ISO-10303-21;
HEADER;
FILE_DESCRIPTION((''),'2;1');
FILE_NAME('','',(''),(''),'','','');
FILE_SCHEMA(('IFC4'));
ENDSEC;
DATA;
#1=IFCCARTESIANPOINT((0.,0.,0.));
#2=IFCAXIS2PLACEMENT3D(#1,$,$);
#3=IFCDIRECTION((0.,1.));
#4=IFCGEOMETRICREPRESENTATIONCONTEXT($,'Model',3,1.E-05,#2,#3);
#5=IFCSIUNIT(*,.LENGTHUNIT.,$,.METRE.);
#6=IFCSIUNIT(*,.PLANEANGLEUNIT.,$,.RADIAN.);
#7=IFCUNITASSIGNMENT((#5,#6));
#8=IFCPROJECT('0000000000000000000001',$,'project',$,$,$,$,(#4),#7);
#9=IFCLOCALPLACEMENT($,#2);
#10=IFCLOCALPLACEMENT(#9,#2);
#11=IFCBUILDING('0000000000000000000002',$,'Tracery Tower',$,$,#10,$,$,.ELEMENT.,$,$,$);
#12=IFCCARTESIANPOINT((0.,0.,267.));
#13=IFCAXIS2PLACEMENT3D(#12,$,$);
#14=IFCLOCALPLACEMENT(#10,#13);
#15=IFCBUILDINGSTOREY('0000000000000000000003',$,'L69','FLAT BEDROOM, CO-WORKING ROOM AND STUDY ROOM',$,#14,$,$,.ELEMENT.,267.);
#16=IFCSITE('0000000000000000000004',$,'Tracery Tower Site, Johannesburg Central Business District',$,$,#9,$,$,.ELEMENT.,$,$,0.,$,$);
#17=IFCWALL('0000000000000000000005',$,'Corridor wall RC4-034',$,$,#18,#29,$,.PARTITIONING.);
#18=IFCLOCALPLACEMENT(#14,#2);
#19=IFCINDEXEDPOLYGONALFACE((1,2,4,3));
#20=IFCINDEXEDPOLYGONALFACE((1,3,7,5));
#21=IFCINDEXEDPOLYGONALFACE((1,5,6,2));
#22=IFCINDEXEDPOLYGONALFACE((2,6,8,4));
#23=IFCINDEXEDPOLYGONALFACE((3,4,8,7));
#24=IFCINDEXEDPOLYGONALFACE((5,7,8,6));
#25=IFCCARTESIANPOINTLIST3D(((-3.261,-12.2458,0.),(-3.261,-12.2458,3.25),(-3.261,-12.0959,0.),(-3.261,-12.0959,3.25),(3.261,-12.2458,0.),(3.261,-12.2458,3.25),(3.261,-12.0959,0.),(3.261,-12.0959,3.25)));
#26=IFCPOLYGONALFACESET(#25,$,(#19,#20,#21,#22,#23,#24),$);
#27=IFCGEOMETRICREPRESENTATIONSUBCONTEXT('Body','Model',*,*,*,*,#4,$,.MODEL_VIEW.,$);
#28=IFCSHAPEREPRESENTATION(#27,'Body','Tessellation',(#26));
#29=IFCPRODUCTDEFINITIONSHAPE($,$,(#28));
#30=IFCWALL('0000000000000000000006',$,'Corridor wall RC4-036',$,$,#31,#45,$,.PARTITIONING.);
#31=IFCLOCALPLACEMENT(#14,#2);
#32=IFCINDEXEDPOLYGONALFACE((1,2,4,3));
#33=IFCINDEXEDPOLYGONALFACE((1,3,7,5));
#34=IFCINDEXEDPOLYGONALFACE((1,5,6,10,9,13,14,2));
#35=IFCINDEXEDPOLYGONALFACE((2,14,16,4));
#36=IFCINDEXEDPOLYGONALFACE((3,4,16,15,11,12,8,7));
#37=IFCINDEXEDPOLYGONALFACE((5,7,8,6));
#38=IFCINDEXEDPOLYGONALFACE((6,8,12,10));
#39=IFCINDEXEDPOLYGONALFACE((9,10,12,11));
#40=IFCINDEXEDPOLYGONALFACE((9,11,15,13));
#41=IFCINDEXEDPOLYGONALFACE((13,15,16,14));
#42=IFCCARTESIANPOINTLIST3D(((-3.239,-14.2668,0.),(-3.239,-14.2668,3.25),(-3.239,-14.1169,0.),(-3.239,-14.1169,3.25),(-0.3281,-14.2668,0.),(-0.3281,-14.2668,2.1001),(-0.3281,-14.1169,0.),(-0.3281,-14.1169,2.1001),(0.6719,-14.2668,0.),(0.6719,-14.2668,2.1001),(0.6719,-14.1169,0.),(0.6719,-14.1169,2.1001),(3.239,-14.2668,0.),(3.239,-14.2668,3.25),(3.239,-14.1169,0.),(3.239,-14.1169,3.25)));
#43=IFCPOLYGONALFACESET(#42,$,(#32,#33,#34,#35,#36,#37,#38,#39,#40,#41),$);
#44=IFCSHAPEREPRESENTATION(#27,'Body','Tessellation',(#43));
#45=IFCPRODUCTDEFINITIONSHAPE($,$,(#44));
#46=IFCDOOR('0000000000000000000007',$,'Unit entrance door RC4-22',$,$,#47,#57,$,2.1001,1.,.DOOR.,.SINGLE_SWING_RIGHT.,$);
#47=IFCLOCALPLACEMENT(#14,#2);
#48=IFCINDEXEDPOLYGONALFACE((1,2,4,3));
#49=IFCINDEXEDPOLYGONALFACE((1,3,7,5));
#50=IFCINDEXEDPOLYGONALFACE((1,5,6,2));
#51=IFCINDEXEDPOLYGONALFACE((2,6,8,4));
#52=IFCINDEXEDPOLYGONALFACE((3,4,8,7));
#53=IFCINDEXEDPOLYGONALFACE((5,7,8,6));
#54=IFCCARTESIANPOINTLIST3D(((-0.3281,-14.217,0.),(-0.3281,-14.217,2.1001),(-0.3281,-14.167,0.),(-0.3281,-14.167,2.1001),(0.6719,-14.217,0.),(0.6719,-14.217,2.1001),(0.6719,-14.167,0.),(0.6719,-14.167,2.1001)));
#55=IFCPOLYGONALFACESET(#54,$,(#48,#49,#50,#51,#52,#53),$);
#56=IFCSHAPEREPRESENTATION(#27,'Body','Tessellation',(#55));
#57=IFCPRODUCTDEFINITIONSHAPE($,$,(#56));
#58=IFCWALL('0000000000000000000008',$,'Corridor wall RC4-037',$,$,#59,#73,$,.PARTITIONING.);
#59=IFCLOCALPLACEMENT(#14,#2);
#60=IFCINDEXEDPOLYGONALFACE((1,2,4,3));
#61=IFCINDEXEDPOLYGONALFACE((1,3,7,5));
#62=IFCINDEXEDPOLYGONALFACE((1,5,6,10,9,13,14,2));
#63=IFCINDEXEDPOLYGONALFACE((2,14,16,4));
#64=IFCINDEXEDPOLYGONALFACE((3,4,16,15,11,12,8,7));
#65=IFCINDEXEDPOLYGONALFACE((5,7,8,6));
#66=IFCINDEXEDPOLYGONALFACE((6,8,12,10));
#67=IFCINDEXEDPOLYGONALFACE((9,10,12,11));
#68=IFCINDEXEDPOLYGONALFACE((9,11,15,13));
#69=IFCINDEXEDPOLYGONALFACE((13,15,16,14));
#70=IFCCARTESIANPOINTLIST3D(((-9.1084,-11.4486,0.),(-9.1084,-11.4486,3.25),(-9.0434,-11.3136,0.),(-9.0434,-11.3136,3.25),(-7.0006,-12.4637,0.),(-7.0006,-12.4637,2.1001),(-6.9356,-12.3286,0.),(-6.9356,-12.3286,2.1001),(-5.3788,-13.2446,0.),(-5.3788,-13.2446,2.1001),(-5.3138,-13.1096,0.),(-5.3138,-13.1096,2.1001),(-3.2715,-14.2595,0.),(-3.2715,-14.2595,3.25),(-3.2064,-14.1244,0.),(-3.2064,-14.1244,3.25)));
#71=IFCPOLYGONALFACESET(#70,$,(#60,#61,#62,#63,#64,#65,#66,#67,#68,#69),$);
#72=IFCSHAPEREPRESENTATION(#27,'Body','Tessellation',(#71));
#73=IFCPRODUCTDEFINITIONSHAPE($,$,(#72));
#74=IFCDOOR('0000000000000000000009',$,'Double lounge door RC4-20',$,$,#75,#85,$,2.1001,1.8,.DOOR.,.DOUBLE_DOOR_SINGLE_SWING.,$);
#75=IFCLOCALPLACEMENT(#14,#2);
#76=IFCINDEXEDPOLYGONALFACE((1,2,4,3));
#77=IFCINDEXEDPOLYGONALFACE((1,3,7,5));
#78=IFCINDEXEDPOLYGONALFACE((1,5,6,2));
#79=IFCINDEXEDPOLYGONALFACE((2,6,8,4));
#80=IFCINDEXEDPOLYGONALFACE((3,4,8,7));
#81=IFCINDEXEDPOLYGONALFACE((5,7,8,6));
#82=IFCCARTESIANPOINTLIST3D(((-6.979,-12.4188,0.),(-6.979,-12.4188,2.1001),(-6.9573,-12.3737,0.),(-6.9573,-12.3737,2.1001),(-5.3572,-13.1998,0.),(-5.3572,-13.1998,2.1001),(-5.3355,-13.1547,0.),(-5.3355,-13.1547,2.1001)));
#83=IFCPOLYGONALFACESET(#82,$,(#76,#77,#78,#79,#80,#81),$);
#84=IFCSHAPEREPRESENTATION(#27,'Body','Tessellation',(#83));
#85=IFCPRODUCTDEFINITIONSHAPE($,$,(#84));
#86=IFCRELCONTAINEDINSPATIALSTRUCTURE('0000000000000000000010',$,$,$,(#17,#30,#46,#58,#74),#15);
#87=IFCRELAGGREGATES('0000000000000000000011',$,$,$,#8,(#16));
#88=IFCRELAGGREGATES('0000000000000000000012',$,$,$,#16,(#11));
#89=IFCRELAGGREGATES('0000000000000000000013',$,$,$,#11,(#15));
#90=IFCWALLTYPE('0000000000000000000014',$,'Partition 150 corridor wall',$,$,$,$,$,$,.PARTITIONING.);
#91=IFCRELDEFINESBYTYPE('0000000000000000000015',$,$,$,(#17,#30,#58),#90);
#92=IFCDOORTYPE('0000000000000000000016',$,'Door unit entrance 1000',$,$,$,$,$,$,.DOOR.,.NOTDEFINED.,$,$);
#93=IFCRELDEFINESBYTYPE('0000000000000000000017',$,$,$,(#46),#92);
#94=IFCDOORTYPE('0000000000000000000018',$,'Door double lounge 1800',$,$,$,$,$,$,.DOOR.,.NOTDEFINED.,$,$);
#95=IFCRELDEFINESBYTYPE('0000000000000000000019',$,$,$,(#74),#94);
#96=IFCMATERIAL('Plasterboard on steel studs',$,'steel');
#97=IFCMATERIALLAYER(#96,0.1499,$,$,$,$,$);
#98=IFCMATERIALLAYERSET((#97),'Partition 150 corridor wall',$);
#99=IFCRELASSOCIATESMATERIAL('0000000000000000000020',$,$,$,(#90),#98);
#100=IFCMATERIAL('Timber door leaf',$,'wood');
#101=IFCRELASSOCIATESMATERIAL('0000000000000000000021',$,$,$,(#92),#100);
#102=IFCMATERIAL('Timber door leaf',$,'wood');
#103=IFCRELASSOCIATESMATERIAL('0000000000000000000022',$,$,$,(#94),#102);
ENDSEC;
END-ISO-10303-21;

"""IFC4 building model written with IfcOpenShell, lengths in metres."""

from ifc_helpers import new_model, si_unit, direction, frame, frame_2d, origin, place, context, subcontext, project, spatial, rectangle, extrude, material, layer, layer_set, type_object, element, fill, save


model = new_model("IFC4")

# Units and contexts
model_context = context("Model", 3, precision=1e-05, world=origin(), true_north=direction((0.0, 1.0)))
body_context = subcontext(model_context, "Body", "Model", "MODEL_VIEW")
ifc_project = project(units=[si_unit("LENGTHUNIT", "METRE"), si_unit("PLANEANGLEUNIT", "RADIAN")], contexts=[model_context])

# Site, building, storey
site_placement = place(None, origin())
site = spatial("IfcSite", under=ifc_project, at=site_placement, Name="Tracery Tower Site, Johannesburg Central Business District", CompositionType="ELEMENT", RefElevation=0.0)
building_placement = place(site_placement, origin())
building = spatial("IfcBuilding", under=site, at=building_placement, Name="Tracery Tower", CompositionType="ELEMENT")
storey_placement = place(building_placement, frame((0.0, 0.0, 267.0)))
storey = spatial("IfcBuildingStorey", under=building, at=storey_placement, Name="L69", Description="FLAT BEDROOM, CO-WORKING ROOM AND STUDY ROOM", CompositionType="ELEMENT", Elevation=267.0)

# Shared definitions
ifc_material_1 = material(Name="Plasterboard on steel studs", Category="steel")
ifc_layer_1 = layer(ifc_material_1, 0.1499)
ifc_layer_set_1 = layer_set([ifc_layer_1], Name="Partition 150 corridor wall")
wall_type_1 = type_object("IfcWallType", Name="Partition 150 corridor wall", PredefinedType="PARTITIONING", material=ifc_layer_set_1)

# Wall
wall_1_placement = place(storey_placement, frame((-3.261, -12.1709, 0.0), z_axis=(0.0, 0.0, 1.0), x_axis=(1.0, 0.0, 0.0)))
element("IfcWall", 1, at=wall_1_placement, inside=storey, type_object=wall_type_1, Name="Corridor wall RC4-034", PredefinedType="PARTITIONING", context=body_context, shape_type="SweptSolid", body=[
    extrude(rectangle(XDim=6.522, YDim=0.1499, at=frame_2d((3.261, 0.0))), origin(), (0.0, 0.0, 1.0), 3.25),
])

# Walls, openings, doors
wall_2_placement = place(storey_placement, frame((-3.239, -14.1919, 0.0), z_axis=(0.0, 0.0, 1.0), x_axis=(1.0, 0.0, 0.0)))
wall_2 = element("IfcWall", 2, at=wall_2_placement, inside=storey, type_object=wall_type_1, Name="Corridor wall RC4-036", PredefinedType="PARTITIONING", context=body_context, shape_type="SweptSolid", body=[
    extrude(rectangle(XDim=6.478, YDim=0.1499, at=frame_2d((3.239, 0.0))), origin(), (0.0, 0.0, 1.0), 3.25),
])
opening_1_placement = place(wall_2_placement, frame((2.9109, 0.0, 0.0)))
opening_1 = element("IfcOpeningElement", 3, at=opening_1_placement, cuts=wall_2, PredefinedType="OPENING", context=body_context, shape_type="SweptSolid", body=[
    extrude(rectangle(XDim=1.0, YDim=2.1001, at=frame_2d((0.5, 1.05))), frame((0.0, 0.075, 0.0), z_axis=(0.0, -1.0, 0.0), x_axis=(1.0, 0.0, 0.0)), (0.0, 0.0, 1.0), 0.1499),
])
ifc_material_2 = material(Name="Timber door leaf", Category="wood")
door_type_1 = type_object("IfcDoorType", Name="Door unit entrance 1000", OperationType="NOTDEFINED", PredefinedType="DOOR", material=ifc_material_2)
door_1_placement = place(opening_1_placement, origin())
door_1 = element("IfcDoor", 4, at=door_1_placement, inside=storey, type_object=door_type_1, Name="Unit entrance door RC4-22", OperationType="SINGLE_SWING_RIGHT", OverallHeight=2.1001, OverallWidth=1.0, PredefinedType="DOOR", context=body_context, shape_type="SweptSolid", body=[
    extrude(rectangle(XDim=1.0, YDim=2.1001, at=frame_2d((0.5, 1.05))), frame((0.0, 0.0249, 0.0), z_axis=(0.0, -1.0, 0.0), x_axis=(1.0, 0.0, 0.0)), (0.0, 0.0, 1.0), 0.05),
])
fill(opening_1, door_1)
wall_3_placement = place(storey_placement, frame((-9.0759, -11.3811, 0.0), z_axis=(0.0, 0.0, 1.0), x_axis=(0.900976, -0.433869, 0.0)))
wall_3 = element("IfcWall", 5, at=wall_3_placement, inside=storey, type_object=wall_type_1, Name="Corridor wall RC4-037", PredefinedType="PARTITIONING", context=body_context, shape_type="SweptSolid", body=[
    extrude(rectangle(XDim=6.4785, YDim=0.1499, at=frame_2d((3.2393, 0.0))), origin(), (0.0, 0.0, 1.0), 3.25),
])
opening_2_placement = place(wall_3_placement, frame((2.3396, 0.0, 0.0)))
opening_2 = element("IfcOpeningElement", 6, at=opening_2_placement, cuts=wall_3, PredefinedType="OPENING", context=body_context, shape_type="SweptSolid", body=[
    extrude(rectangle(XDim=1.8, YDim=2.1001, at=frame_2d((0.8999, 1.05))), frame((0.0, 0.075, 0.0), z_axis=(0.0, -1.0, 0.0), x_axis=(1.0, 0.0, 0.0)), (0.0, 0.0, 1.0), 0.1499),
])
ifc_material_3 = material(Name="Timber door leaf", Category="wood")
door_type_2 = type_object("IfcDoorType", Name="Door double lounge 1800", OperationType="NOTDEFINED", PredefinedType="DOOR", material=ifc_material_3)
door_2_placement = place(opening_2_placement, origin())
door_2 = element("IfcDoor", 7, at=door_2_placement, inside=storey, type_object=door_type_2, Name="Double lounge door RC4-20", OperationType="DOUBLE_DOOR_SINGLE_SWING", OverallHeight=2.1001, OverallWidth=1.8, PredefinedType="DOOR", context=body_context, shape_type="SweptSolid", body=[
    extrude(rectangle(XDim=1.8, YDim=2.1001, at=frame_2d((0.8999, 1.05))), frame((0.0, 0.0249, 0.0), z_axis=(0.0, -1.0, 0.0), x_axis=(1.0, 0.0, 0.0)), (0.0, 0.0, 1.0), 0.05),
])
fill(opening_2, door_2)

save(model, "model.ifc")
